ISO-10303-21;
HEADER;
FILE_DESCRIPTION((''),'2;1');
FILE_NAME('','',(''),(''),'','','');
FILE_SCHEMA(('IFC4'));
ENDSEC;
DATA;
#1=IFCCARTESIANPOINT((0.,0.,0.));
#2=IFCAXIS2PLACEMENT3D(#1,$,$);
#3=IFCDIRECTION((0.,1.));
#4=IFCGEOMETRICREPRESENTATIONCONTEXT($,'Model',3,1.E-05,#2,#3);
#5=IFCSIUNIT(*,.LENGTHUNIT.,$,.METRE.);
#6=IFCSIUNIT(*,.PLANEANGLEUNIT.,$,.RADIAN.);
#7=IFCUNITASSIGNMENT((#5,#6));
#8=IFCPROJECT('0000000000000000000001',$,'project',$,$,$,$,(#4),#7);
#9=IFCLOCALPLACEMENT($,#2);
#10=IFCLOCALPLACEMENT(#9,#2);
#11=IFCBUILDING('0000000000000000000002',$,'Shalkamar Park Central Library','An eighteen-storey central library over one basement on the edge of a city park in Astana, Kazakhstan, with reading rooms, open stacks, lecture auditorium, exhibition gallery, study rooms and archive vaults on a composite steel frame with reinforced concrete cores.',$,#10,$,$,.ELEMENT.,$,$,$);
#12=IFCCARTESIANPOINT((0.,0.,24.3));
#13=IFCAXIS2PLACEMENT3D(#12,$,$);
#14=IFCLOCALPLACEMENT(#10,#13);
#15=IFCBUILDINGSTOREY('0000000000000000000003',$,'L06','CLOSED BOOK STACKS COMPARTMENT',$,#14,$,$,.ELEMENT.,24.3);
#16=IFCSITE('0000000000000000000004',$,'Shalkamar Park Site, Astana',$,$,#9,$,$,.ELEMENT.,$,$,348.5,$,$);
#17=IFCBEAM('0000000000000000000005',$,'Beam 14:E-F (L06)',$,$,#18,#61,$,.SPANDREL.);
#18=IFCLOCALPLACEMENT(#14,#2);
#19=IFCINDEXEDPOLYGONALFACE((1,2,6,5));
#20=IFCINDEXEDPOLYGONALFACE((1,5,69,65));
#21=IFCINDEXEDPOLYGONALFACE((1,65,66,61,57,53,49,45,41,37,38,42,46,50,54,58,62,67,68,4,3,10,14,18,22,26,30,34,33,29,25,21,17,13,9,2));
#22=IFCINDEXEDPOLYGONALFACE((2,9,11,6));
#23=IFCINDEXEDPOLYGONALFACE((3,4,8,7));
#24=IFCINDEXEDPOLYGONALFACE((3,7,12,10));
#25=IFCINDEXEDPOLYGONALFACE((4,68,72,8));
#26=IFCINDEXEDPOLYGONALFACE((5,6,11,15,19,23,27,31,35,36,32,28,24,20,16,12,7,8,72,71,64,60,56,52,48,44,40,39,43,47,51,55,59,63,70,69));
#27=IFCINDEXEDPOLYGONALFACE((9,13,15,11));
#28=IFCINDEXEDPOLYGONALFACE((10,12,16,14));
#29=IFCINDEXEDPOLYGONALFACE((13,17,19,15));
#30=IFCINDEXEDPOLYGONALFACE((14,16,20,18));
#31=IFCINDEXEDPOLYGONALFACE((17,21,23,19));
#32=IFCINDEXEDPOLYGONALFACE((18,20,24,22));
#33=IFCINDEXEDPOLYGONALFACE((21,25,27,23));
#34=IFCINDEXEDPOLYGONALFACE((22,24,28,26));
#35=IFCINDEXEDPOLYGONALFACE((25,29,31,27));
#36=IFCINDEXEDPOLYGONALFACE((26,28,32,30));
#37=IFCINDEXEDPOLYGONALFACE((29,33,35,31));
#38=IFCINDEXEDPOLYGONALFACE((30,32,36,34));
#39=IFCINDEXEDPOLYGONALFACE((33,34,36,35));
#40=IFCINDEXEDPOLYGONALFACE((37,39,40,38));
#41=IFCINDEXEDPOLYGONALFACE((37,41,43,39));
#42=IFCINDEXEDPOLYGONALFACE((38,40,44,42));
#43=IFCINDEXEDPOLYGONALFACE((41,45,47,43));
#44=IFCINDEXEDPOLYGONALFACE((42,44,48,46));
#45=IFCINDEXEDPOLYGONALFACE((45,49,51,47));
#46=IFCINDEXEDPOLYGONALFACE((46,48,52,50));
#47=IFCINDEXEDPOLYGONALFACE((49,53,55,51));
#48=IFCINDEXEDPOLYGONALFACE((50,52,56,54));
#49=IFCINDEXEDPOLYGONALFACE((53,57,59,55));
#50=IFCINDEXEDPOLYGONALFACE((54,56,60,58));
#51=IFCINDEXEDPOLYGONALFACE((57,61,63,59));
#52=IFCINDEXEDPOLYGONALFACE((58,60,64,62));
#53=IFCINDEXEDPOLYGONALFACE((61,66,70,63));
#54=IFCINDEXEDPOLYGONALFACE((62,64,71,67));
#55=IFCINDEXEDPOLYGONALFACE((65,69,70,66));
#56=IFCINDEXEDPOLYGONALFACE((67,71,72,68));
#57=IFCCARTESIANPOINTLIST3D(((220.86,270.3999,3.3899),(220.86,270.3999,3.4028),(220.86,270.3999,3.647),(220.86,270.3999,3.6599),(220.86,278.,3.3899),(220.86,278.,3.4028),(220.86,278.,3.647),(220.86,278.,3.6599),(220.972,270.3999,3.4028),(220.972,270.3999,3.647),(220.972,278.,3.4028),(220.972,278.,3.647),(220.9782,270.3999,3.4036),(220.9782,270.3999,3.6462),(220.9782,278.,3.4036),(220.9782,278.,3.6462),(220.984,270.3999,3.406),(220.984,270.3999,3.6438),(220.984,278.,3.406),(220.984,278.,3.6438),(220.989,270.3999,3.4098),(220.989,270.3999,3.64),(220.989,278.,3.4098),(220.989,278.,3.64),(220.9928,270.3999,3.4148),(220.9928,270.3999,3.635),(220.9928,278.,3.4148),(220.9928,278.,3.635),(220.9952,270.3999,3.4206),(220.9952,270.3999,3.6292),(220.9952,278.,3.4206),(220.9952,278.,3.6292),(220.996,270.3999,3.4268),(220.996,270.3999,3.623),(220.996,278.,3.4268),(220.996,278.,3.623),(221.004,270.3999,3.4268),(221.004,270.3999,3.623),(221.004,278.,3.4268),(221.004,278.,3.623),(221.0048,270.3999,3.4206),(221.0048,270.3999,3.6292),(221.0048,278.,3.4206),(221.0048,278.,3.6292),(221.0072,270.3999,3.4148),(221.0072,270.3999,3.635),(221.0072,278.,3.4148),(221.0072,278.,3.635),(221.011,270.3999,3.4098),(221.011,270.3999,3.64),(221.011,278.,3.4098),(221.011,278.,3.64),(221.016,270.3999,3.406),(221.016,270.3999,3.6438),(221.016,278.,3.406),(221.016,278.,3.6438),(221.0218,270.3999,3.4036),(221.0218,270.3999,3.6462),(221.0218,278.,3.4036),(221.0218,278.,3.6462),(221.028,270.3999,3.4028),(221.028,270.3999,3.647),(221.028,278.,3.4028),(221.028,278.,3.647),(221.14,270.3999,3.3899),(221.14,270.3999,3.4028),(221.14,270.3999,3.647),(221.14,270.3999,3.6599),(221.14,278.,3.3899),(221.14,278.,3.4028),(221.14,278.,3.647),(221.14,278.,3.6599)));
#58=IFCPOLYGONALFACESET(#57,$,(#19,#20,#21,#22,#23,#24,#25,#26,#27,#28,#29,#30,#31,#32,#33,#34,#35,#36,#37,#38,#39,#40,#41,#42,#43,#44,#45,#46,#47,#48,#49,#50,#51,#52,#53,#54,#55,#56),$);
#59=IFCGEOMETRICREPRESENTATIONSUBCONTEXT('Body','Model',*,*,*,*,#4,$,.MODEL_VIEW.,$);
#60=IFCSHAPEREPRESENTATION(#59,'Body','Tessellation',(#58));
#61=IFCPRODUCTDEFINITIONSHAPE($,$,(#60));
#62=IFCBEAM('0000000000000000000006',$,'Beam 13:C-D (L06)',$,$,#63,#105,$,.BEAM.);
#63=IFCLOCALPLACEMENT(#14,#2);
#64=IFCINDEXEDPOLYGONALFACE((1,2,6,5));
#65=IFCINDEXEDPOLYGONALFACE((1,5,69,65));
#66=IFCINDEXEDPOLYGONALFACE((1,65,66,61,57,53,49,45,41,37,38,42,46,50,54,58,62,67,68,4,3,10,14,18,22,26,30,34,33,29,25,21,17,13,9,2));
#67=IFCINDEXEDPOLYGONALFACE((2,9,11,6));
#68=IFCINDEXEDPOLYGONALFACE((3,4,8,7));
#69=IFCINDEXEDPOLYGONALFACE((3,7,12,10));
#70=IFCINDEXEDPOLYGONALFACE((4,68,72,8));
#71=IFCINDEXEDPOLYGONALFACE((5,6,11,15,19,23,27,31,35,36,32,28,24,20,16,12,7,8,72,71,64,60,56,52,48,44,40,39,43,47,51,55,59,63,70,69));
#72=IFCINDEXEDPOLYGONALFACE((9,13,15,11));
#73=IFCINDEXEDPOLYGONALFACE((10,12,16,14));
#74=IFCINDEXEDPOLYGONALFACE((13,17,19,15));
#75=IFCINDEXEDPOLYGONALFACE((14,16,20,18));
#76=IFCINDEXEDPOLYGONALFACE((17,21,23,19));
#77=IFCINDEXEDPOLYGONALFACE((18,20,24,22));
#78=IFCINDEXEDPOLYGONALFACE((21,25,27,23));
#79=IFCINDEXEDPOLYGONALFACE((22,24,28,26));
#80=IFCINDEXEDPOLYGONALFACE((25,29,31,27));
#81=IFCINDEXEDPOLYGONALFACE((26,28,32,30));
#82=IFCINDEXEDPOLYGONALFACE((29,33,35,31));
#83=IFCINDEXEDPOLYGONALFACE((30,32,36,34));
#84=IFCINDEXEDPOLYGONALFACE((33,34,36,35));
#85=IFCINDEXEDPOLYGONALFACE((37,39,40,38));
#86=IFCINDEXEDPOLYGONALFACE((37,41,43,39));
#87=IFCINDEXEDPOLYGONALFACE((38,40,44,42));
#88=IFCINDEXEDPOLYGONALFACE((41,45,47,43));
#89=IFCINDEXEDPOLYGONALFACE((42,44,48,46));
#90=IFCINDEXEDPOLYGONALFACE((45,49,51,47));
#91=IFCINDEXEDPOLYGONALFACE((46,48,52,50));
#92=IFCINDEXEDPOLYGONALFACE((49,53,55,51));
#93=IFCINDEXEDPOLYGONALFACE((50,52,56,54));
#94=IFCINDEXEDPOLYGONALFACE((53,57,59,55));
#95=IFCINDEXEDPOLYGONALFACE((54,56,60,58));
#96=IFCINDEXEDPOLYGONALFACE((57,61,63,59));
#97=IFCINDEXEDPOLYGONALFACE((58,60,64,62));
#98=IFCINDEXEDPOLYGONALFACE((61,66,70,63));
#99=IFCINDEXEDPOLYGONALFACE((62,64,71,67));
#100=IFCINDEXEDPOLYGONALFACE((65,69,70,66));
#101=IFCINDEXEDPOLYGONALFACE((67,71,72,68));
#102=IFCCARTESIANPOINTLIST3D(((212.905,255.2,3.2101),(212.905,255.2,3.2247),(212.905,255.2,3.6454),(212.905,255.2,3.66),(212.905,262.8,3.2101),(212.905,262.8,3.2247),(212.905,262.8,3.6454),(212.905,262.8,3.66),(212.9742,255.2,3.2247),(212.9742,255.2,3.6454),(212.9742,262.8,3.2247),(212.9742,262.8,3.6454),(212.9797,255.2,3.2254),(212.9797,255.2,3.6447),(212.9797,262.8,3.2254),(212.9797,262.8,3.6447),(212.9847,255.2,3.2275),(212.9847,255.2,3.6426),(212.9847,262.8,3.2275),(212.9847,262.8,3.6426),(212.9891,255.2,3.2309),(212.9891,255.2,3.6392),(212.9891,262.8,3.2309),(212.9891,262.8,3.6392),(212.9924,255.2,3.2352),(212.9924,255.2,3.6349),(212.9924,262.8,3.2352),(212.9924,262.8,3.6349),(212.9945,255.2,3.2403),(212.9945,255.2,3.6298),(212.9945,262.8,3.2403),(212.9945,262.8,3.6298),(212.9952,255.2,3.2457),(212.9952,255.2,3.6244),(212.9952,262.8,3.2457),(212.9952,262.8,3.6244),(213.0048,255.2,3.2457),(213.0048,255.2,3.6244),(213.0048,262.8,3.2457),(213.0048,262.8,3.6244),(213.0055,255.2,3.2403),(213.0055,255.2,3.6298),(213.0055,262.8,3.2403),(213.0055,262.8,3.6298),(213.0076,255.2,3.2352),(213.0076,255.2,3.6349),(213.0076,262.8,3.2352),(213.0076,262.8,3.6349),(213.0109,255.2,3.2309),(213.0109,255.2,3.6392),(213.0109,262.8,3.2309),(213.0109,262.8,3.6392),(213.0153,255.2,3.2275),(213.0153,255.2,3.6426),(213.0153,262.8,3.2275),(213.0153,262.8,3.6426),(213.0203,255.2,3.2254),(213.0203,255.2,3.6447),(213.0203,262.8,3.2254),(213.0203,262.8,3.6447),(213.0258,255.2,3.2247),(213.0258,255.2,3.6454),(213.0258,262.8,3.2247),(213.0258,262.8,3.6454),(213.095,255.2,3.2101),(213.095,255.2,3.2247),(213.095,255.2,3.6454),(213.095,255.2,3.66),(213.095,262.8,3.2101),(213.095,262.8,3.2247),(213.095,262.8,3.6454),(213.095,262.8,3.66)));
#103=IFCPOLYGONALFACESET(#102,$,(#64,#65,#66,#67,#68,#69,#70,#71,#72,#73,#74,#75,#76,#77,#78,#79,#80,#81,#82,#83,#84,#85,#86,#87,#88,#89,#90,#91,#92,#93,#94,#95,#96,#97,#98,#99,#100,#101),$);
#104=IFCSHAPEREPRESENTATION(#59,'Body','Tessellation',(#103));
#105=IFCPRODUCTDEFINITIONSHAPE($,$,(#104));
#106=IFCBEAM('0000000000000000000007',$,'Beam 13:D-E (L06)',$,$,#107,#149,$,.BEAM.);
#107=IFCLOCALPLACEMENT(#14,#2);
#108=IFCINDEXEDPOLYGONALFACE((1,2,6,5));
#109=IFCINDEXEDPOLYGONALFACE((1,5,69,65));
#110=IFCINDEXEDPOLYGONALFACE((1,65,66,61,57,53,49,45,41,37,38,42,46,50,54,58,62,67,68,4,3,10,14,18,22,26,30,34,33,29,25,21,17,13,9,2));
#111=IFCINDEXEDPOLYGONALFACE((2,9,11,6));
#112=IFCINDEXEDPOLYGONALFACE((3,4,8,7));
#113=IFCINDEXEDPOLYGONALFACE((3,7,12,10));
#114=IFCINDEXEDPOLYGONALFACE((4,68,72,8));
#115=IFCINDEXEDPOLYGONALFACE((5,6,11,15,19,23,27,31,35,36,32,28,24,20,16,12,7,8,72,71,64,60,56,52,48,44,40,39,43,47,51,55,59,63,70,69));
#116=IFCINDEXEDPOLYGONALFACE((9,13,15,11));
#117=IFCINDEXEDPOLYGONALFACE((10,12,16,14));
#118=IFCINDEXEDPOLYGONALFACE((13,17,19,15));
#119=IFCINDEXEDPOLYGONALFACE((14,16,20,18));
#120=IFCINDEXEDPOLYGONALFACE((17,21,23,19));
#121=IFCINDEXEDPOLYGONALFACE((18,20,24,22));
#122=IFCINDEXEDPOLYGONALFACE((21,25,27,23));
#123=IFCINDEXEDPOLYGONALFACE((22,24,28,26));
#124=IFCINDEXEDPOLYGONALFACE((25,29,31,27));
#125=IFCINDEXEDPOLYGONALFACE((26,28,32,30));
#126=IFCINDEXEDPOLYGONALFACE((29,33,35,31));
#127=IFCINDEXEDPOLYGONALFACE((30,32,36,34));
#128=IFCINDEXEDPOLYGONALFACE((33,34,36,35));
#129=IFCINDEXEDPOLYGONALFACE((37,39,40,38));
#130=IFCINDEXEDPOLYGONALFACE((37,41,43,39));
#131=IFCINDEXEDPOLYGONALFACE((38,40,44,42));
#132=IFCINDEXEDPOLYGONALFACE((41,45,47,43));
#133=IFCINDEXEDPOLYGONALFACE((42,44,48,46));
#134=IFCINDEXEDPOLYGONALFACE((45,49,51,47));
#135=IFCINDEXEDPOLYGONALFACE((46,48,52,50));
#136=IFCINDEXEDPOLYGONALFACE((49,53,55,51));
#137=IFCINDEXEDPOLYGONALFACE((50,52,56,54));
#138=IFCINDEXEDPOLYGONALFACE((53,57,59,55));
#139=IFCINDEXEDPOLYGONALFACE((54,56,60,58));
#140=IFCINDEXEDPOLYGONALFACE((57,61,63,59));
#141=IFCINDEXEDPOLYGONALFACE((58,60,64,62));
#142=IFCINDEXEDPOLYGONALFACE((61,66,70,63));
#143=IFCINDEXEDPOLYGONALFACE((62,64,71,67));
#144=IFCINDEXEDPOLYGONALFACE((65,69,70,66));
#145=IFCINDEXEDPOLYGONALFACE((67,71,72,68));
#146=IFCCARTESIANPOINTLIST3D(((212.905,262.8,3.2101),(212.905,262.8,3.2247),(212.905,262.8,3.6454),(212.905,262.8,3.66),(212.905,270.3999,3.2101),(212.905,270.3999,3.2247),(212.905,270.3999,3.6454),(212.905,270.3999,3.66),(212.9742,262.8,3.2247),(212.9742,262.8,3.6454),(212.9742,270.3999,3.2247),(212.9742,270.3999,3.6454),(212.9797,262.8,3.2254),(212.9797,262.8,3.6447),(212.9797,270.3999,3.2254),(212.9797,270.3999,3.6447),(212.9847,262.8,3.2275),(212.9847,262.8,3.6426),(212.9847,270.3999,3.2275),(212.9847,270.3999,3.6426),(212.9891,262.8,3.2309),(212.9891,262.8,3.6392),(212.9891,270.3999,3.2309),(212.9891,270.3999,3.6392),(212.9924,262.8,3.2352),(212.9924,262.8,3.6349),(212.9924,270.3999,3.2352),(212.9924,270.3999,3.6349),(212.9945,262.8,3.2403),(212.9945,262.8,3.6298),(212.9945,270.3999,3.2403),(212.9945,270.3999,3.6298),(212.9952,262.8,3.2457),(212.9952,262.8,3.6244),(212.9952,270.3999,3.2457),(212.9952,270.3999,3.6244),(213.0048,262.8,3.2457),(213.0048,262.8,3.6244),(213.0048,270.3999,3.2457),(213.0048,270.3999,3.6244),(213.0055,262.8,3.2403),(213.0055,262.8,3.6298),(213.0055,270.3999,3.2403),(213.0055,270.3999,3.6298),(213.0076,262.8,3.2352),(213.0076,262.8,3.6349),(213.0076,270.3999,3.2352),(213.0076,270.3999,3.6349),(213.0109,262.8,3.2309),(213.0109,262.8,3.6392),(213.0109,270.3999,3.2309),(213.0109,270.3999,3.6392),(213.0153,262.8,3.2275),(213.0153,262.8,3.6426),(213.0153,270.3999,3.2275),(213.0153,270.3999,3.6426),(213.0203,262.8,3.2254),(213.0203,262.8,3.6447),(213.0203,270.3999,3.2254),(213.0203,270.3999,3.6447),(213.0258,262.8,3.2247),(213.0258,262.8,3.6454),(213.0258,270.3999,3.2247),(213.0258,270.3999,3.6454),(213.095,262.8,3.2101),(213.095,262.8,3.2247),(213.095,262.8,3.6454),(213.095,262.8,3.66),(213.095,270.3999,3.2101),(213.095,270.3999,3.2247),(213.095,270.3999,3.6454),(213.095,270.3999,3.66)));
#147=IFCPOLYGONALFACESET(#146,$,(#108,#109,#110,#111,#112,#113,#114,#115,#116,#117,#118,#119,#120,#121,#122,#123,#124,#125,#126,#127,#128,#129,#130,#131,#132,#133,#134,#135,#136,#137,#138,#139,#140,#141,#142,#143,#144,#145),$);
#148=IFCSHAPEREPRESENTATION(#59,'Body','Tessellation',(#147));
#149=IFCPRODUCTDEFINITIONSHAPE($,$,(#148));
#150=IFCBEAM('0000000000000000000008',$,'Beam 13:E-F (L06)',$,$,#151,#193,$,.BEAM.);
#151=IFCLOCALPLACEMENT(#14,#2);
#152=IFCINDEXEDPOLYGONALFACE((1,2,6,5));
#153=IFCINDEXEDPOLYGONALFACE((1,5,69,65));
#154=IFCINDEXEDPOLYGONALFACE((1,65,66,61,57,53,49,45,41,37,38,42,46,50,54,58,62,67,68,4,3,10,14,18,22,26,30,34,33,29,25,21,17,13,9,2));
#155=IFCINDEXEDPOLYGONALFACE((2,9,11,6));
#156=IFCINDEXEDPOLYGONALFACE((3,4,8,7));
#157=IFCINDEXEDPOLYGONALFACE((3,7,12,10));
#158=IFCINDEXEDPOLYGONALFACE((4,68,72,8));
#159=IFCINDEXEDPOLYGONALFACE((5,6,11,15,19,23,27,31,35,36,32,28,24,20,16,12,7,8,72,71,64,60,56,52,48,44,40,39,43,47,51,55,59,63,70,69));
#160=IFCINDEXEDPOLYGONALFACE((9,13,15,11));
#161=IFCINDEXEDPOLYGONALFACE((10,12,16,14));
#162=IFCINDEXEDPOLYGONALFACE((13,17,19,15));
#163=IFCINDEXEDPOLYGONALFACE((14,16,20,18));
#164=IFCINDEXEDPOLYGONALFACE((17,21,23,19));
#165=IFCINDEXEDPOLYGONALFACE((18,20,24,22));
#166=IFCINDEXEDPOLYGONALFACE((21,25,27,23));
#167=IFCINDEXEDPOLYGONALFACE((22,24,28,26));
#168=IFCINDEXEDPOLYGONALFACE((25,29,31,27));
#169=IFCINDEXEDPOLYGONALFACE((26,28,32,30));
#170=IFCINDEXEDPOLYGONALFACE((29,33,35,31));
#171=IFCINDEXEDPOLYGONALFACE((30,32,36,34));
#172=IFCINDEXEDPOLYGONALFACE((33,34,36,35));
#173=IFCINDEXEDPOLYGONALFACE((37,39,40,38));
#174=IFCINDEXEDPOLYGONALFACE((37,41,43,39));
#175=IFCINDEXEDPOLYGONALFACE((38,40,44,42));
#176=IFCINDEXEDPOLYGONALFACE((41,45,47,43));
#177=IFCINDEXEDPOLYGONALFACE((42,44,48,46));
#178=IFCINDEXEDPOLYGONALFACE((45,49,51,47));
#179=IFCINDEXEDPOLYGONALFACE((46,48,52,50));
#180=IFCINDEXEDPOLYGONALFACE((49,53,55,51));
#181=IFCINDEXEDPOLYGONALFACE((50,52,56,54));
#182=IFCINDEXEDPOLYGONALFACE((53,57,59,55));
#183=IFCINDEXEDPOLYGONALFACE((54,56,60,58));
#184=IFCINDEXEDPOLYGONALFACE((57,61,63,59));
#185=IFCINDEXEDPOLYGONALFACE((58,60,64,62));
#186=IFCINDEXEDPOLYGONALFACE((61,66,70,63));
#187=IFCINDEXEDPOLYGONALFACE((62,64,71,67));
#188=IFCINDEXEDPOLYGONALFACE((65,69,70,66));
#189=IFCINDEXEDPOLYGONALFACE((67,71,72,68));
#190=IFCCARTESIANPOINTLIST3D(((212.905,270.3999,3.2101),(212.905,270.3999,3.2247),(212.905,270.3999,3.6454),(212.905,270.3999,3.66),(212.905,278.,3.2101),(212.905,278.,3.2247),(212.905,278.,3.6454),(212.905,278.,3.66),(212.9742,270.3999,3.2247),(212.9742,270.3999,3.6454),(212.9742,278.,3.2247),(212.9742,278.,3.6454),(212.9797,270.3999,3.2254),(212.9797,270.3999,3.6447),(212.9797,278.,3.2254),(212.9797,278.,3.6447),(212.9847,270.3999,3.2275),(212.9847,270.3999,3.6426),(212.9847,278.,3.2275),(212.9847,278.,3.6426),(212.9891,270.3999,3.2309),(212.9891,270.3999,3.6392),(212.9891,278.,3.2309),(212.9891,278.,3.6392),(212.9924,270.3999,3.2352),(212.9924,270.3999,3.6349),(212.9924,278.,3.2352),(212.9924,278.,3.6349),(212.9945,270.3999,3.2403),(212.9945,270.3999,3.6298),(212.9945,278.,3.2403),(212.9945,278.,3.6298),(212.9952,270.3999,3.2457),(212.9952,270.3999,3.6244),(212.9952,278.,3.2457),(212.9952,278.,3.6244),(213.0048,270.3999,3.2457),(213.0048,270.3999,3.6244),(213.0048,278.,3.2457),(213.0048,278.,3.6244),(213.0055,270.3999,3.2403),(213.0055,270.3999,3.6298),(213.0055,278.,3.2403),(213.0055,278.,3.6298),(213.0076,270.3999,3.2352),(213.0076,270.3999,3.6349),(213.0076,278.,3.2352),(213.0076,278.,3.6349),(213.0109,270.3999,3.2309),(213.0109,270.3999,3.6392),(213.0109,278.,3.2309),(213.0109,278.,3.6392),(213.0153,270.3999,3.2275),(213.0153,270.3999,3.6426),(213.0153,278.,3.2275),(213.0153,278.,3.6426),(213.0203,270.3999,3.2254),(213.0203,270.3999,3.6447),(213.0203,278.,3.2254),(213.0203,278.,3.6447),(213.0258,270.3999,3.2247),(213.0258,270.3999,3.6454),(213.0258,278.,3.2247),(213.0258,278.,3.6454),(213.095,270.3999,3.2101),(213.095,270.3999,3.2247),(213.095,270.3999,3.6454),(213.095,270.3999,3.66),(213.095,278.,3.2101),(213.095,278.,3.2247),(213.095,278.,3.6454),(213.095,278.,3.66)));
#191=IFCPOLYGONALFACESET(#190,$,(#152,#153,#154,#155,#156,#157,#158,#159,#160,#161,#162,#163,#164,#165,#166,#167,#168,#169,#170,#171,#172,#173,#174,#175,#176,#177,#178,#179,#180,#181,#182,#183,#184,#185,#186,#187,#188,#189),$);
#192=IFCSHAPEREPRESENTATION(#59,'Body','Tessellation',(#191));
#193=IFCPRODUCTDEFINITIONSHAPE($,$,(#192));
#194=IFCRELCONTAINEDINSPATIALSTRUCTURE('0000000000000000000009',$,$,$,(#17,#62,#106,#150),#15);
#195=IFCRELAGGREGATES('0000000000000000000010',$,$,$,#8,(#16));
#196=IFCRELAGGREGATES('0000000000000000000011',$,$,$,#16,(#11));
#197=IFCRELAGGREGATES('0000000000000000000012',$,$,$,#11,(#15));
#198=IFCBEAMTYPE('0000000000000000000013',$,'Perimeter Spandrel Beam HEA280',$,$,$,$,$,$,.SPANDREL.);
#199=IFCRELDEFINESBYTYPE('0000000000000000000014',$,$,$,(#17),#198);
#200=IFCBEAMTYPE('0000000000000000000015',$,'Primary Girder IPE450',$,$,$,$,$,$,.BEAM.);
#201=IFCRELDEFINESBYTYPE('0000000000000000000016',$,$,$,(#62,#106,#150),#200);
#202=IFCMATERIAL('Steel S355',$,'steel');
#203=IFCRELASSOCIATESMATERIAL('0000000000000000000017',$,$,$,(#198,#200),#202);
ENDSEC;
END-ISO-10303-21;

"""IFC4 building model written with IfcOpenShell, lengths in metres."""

from ifc_helpers import new_model, si_unit, direction, frame, origin, origin_2d, place, context, subcontext, project, spatial, i_section, extrude, material, material_profile, profile_set, type_object, element, save


model = new_model("IFC4")

# Units and contexts
model_context = context("Model", 3, precision=1e-05, world=origin(), true_north=direction((0.0, 1.0)))
body_context = subcontext(model_context, "Body", "Model", "MODEL_VIEW")
ifc_project = project(units=[si_unit("LENGTHUNIT", "METRE"), si_unit("PLANEANGLEUNIT", "RADIAN")], contexts=[model_context])

# Site, building, storey
site_placement = place(None, origin())
site = spatial("IfcSite", under=ifc_project, at=site_placement, Name="Shalkamar Park Site, Astana", CompositionType="ELEMENT", RefElevation=348.5)
building_placement = place(site_placement, origin())
building = spatial("IfcBuilding", under=site, at=building_placement, Name="Shalkamar Park Central Library", Description="An eighteen-storey central library over one basement on the edge of a city park in Astana, Kazakhstan, with reading rooms, open stacks, lecture auditorium, exhibition gallery, study rooms and archive vaults on a composite steel frame with reinforced concrete cores.", CompositionType="ELEMENT")
storey_placement = place(building_placement, frame((0.0, 0.0, 24.3)))
storey = spatial("IfcBuildingStorey", under=building, at=storey_placement, Name="L06", Description="CLOSED BOOK STACKS COMPARTMENT", CompositionType="ELEMENT", Elevation=24.3)

# Shared definitions
ifc_material_1 = material(Name="Steel S355", Category="steel")

# Beams
ifc_material_profile_1 = material_profile(ifc_material_1, i_section(OverallWidth=0.28, OverallDepth=0.27, WebThickness=0.0081, FlangeThickness=0.0129, FilletRadius=0.0239, at=origin_2d()), Name="HEA 280")
ifc_profile_set_1 = profile_set([ifc_material_profile_1], Name="Steel S355")
beam_type_1 = type_object("IfcBeamType", Name="Perimeter Spandrel Beam HEA280", PredefinedType="SPANDREL", material=ifc_profile_set_1)
beam_1_placement = place(storey_placement, frame((221.0, 270.3999, 3.5249), z_axis=(0.0, 1.0, 0.0), x_axis=(-1.0, 0.0, 0.0)))
element("IfcBeam", 1, at=beam_1_placement, inside=storey, type_object=beam_type_1, Name="Beam 14:E-F (L06)", PredefinedType="SPANDREL", context=body_context, shape_type="SweptSolid", body=[
    extrude(i_section(OverallWidth=0.28, OverallDepth=0.27, WebThickness=0.0081, FlangeThickness=0.0129, FilletRadius=0.0239, at=origin_2d()), origin(), (0.0, 0.0, 1.0), 7.6001),
])
ifc_material_profile_2 = material_profile(ifc_material_1, i_section(OverallWidth=0.1899, OverallDepth=0.45, WebThickness=0.0095, FlangeThickness=0.0146, FilletRadius=0.021, at=origin_2d()), Name="IPE 450")
ifc_profile_set_2 = profile_set([ifc_material_profile_2], Name="Steel S355")
beam_type_2 = type_object("IfcBeamType", Name="Primary Girder IPE450", PredefinedType="BEAM", material=ifc_profile_set_2)
beam_2_placement = place(storey_placement, frame((213.0, 255.2, 3.4351), z_axis=(0.0, 1.0, 0.0), x_axis=(-1.0, 0.0, 0.0)))
element("IfcBeam", 2, at=beam_2_placement, inside=storey, type_object=beam_type_2, Name="Beam 13:C-D (L06)", PredefinedType="BEAM", context=body_context, shape_type="SweptSolid", body=[
    extrude(i_section(OverallWidth=0.1899, OverallDepth=0.45, WebThickness=0.0095, FlangeThickness=0.0146, FilletRadius=0.021, at=origin_2d()), origin(), (0.0, 0.0, 1.0), 7.6001),
])
beam_3_placement = place(storey_placement, frame((213.0, 262.8, 3.4351), z_axis=(0.0, 1.0, 0.0), x_axis=(-1.0, 0.0, 0.0)))
element("IfcBeam", 3, at=beam_3_placement, inside=storey, type_object=beam_type_2, Name="Beam 13:D-E (L06)", PredefinedType="BEAM", context=body_context, shape_type="SweptSolid", body=[
    extrude(i_section(OverallWidth=0.1899, OverallDepth=0.45, WebThickness=0.0095, FlangeThickness=0.0146, FilletRadius=0.021, at=origin_2d()), origin(), (0.0, 0.0, 1.0), 7.5999),
])
beam_4_placement = place(storey_placement, frame((213.0, 270.3999, 3.4351), z_axis=(0.0, 1.0, 0.0), x_axis=(-1.0, 0.0, 0.0)))
element("IfcBeam", 4, at=beam_4_placement, inside=storey, type_object=beam_type_2, Name="Beam 13:E-F (L06)", PredefinedType="BEAM", context=body_context, shape_type="SweptSolid", body=[
    extrude(i_section(OverallWidth=0.1899, OverallDepth=0.45, WebThickness=0.0095, FlangeThickness=0.0146, FilletRadius=0.021, at=origin_2d()), origin(), (0.0, 0.0, 1.0), 7.6001),
])

save(model, "model.ifc")
